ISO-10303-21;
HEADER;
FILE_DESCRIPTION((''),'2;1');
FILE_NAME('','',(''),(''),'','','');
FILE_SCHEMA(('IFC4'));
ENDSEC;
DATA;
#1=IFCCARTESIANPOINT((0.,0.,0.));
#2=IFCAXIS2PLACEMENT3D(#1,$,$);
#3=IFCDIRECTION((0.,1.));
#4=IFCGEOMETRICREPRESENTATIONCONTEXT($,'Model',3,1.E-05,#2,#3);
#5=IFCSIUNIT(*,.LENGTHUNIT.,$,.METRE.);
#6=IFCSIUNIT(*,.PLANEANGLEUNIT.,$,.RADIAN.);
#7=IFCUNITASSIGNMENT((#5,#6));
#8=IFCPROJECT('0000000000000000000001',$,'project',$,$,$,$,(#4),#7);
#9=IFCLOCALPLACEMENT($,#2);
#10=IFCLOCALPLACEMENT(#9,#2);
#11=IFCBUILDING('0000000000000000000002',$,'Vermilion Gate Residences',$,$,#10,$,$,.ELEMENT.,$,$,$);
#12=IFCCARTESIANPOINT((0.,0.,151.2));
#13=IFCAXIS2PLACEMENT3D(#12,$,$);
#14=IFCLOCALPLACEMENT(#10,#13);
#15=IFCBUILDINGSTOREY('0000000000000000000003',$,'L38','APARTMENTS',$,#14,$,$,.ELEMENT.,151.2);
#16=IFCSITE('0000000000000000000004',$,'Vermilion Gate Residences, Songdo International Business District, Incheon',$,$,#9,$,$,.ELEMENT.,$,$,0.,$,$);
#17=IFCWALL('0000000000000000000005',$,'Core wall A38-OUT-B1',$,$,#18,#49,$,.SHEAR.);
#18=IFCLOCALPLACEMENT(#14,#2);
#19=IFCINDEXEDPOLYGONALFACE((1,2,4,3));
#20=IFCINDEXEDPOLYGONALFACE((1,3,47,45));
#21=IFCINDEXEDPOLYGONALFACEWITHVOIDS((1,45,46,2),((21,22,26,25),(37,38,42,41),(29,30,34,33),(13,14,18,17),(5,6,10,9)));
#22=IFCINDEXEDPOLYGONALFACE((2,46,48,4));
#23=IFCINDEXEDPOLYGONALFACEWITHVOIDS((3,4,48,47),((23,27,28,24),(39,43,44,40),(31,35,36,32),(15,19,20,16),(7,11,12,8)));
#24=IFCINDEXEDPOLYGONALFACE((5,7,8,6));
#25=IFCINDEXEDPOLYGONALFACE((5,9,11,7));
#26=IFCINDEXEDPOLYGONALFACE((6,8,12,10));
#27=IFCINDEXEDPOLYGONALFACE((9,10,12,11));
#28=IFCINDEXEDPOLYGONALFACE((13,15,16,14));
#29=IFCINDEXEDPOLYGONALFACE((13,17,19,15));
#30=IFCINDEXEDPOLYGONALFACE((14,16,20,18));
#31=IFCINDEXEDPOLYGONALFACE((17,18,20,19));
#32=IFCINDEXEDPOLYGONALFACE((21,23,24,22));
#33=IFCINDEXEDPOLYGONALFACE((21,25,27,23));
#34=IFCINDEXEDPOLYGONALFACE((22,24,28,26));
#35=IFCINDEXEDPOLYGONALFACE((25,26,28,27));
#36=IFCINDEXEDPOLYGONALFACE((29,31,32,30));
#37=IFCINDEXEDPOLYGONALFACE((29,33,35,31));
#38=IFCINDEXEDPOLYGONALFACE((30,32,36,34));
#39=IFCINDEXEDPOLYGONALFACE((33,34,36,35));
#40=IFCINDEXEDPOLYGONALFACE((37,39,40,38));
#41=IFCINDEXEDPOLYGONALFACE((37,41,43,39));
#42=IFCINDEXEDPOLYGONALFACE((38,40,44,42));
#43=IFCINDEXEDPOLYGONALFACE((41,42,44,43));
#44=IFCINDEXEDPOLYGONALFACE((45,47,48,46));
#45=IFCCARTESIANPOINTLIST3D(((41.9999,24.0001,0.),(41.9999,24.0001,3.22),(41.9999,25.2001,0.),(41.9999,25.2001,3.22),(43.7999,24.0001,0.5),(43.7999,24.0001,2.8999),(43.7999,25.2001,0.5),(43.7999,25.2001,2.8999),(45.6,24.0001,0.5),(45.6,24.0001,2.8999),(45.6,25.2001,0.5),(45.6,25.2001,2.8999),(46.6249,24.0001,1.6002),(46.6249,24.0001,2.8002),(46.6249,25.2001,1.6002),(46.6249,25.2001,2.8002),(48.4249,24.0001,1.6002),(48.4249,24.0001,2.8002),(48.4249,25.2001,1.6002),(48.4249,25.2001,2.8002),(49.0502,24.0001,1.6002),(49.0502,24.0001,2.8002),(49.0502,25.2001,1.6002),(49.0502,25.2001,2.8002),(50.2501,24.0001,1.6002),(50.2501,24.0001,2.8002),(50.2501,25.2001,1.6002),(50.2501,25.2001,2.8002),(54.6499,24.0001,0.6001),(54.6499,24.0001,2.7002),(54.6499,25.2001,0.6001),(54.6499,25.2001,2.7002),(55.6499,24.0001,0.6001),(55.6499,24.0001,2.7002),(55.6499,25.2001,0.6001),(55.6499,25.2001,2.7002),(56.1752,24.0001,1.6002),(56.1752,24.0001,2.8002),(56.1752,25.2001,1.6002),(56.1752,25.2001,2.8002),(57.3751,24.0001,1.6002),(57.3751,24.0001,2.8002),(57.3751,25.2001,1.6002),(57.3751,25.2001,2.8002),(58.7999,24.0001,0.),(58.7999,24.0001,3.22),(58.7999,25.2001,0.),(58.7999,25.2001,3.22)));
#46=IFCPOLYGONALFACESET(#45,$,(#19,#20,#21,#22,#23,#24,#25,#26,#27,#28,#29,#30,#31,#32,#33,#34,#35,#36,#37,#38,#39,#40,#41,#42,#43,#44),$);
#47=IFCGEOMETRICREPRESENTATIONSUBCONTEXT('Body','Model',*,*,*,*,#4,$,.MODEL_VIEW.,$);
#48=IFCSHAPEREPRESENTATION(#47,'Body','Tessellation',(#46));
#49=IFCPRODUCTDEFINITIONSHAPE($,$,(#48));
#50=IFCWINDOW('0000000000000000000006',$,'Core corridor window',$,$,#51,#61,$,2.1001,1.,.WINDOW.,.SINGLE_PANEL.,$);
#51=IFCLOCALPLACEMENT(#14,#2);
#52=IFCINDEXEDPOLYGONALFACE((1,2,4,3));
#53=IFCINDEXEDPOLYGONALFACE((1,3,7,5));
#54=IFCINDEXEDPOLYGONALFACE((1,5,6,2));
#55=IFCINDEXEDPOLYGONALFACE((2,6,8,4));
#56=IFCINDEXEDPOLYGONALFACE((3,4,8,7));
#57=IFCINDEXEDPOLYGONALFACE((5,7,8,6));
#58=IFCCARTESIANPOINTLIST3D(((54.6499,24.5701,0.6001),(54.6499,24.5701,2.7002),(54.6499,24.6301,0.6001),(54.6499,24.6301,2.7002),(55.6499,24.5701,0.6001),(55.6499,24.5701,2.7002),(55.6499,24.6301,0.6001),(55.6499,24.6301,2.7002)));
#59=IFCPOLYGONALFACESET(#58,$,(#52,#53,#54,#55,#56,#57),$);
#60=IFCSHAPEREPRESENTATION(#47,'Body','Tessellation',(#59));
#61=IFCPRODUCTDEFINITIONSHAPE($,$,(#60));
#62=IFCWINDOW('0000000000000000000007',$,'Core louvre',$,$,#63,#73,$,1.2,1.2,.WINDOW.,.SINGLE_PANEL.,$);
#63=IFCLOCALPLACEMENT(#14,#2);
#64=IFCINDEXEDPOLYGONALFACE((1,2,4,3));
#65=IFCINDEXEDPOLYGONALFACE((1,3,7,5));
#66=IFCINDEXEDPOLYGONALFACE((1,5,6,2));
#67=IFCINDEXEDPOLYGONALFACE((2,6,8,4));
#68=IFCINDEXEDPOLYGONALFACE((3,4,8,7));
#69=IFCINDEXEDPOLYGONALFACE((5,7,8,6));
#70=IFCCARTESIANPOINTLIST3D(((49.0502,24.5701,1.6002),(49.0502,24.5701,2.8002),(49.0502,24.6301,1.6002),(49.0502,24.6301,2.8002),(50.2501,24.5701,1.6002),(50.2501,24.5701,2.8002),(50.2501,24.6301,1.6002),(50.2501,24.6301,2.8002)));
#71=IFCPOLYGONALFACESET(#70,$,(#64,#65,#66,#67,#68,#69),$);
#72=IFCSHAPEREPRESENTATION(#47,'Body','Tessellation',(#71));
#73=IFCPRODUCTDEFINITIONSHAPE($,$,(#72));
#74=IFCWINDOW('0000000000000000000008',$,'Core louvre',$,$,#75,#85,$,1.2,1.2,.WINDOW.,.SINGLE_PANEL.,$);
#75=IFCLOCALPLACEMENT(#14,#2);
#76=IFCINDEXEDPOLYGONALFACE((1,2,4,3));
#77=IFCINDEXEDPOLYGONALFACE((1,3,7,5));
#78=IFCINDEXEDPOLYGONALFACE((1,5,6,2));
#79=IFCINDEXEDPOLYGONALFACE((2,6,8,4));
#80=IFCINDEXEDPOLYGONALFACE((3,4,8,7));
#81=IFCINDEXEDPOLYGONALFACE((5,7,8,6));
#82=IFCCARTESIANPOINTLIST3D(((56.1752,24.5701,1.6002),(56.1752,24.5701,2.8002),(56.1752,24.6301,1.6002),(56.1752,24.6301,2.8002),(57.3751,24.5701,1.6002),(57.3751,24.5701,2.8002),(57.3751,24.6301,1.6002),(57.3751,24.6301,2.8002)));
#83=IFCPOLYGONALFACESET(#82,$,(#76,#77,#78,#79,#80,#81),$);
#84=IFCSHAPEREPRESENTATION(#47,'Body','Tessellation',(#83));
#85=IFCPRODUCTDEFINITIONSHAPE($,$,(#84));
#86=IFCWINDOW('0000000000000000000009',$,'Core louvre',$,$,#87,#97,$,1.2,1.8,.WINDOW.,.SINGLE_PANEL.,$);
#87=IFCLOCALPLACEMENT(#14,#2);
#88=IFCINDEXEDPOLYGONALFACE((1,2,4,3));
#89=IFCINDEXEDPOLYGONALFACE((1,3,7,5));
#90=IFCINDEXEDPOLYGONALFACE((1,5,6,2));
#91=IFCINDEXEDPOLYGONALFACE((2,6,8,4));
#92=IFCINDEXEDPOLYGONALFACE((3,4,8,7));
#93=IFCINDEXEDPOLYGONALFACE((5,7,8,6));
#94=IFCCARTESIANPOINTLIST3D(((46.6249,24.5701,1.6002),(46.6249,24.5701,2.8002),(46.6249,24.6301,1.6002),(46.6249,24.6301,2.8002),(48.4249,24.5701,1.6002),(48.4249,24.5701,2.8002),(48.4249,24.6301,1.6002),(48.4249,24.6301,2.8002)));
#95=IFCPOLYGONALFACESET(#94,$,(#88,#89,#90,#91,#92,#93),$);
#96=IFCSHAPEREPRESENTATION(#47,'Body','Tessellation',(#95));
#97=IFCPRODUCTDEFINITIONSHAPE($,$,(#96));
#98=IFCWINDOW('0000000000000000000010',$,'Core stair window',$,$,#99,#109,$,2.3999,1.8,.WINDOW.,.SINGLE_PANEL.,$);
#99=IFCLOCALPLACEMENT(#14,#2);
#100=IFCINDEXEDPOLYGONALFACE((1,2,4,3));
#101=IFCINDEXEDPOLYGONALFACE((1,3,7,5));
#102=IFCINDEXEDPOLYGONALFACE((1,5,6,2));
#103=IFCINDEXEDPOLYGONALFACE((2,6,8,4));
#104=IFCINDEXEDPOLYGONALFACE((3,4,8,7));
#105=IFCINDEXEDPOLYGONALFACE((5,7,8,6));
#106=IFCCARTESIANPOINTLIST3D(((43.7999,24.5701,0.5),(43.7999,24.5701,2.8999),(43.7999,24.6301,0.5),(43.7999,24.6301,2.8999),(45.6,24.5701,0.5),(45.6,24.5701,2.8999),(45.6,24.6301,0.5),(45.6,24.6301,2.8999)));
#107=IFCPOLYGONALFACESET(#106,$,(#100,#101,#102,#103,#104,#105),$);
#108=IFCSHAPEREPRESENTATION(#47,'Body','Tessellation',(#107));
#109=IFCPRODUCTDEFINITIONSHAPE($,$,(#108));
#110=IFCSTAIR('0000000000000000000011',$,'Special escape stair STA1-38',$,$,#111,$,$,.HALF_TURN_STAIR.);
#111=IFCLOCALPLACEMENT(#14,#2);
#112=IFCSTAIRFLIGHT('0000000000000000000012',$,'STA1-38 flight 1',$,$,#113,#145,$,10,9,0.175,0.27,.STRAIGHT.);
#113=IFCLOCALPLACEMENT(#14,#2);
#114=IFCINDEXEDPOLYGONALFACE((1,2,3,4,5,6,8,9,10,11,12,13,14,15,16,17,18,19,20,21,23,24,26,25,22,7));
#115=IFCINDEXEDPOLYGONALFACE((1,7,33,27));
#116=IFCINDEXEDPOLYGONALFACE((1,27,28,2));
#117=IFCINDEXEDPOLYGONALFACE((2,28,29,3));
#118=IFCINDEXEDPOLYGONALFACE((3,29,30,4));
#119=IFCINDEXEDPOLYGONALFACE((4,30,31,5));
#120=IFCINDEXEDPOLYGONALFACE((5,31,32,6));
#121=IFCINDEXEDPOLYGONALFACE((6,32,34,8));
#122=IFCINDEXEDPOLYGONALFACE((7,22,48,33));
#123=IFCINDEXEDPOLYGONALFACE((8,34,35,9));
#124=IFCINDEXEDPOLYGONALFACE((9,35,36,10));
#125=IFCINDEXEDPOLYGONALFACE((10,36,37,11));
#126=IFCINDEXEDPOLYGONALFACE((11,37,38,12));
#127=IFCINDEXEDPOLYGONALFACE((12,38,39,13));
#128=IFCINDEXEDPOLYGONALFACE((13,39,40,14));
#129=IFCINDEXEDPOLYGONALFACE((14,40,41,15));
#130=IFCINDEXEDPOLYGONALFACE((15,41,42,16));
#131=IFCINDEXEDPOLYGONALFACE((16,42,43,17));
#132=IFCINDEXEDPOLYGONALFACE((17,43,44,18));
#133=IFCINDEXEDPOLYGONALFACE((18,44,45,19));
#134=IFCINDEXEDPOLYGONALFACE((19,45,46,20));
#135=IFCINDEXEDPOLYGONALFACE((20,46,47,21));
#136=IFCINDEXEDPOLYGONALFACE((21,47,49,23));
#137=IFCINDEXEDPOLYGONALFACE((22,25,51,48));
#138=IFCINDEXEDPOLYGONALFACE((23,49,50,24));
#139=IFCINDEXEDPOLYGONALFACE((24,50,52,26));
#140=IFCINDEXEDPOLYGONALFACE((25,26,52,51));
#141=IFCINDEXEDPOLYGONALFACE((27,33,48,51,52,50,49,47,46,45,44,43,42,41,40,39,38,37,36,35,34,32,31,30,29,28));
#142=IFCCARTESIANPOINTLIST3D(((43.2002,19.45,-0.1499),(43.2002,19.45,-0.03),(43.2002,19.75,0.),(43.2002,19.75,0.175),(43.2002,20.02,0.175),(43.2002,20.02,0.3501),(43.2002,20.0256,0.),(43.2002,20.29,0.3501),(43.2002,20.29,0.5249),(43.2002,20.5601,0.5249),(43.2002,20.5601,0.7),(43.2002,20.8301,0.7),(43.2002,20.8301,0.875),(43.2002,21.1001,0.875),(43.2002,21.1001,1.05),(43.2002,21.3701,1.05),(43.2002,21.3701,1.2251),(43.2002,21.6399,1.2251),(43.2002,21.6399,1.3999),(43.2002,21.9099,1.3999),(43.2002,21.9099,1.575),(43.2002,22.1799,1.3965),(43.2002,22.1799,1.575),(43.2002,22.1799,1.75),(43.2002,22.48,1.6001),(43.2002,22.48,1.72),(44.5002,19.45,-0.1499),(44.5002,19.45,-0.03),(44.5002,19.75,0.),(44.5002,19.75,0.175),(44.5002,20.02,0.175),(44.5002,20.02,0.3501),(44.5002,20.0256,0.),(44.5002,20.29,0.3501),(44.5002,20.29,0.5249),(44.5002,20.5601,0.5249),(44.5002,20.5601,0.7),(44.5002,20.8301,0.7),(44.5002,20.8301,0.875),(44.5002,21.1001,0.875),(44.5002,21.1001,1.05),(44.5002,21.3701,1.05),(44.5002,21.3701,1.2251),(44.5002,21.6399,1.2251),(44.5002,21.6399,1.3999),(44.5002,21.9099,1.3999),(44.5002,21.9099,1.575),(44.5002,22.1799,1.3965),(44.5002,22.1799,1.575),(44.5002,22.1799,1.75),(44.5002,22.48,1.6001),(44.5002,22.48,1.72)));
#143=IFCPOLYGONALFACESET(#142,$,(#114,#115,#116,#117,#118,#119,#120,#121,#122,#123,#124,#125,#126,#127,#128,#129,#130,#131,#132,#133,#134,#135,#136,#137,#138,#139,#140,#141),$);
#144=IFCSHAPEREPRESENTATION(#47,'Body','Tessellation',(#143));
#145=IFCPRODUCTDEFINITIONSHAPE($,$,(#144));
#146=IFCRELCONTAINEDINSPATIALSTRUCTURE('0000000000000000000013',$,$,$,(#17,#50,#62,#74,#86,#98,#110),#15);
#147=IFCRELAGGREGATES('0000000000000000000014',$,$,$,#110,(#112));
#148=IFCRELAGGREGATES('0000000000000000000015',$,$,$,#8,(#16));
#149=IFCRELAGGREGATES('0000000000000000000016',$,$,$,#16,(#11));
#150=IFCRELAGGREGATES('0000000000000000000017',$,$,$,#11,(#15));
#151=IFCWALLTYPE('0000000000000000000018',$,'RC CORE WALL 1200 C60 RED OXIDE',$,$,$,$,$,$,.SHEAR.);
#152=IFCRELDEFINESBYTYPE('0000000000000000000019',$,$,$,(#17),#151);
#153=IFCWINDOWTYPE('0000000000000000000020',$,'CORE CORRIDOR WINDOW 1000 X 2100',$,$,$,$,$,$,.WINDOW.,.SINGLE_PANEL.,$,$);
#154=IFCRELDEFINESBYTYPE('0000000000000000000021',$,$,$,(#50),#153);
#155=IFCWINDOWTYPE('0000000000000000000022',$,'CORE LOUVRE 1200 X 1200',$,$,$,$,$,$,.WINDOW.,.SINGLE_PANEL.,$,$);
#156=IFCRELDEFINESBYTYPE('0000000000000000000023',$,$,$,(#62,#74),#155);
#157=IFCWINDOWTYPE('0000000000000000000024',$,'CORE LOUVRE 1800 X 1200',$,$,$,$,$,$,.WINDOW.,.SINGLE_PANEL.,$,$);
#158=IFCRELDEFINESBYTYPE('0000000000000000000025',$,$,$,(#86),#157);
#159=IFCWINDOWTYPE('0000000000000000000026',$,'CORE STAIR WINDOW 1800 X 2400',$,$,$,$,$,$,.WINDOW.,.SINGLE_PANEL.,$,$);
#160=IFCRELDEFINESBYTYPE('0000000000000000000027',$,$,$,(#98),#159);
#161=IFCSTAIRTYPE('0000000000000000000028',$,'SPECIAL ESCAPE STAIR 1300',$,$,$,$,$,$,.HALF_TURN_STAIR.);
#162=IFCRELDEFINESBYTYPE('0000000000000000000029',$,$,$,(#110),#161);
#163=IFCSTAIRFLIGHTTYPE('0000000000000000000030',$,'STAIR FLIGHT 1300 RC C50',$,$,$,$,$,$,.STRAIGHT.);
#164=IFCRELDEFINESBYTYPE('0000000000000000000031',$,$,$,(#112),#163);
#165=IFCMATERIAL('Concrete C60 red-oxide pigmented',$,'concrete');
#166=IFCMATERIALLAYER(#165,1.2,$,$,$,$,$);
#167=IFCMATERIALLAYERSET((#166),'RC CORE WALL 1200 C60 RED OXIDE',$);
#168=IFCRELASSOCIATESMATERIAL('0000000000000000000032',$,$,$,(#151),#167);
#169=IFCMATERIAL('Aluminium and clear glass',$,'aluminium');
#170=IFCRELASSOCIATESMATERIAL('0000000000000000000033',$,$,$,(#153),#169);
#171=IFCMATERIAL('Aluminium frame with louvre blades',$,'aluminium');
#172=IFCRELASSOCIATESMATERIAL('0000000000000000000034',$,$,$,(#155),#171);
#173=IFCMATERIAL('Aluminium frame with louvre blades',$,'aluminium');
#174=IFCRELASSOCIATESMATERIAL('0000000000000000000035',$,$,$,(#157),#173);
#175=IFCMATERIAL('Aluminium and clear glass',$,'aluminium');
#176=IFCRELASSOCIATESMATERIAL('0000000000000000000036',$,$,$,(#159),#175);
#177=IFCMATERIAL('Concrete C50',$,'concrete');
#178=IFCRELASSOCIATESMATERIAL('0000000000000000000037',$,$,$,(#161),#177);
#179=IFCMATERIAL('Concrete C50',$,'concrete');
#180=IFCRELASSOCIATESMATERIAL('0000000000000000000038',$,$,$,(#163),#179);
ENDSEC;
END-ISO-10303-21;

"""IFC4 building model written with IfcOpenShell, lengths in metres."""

from ifc_helpers import new_model, si_unit, direction, frame, frame_2d, origin, place, context, subcontext, project, spatial, polyline, rectangle, outline, extrude, material, layer, layer_set, type_object, element, fill, aggregate, save


model = new_model("IFC4")

# Units and contexts
model_context = context("Model", 3, precision=1e-05, world=origin(), true_north=direction((0.0, 1.0)))
body_context = subcontext(model_context, "Body", "Model", "MODEL_VIEW")
ifc_project = project(units=[si_unit("LENGTHUNIT", "METRE"), si_unit("PLANEANGLEUNIT", "RADIAN")], contexts=[model_context])

# Site, building, storey
site_placement = place(None, origin())
site = spatial("IfcSite", under=ifc_project, at=site_placement, Name="Vermilion Gate Residences, Songdo International Business District, Incheon", CompositionType="ELEMENT", RefElevation=0.0)
building_placement = place(site_placement, origin())
building = spatial("IfcBuilding", under=site, at=building_placement, Name="Vermilion Gate Residences", CompositionType="ELEMENT")
storey_placement = place(building_placement, frame((0.0, 0.0, 151.2)))
storey = spatial("IfcBuildingStorey", under=building, at=storey_placement, Name="L38", Description="APARTMENTS", CompositionType="ELEMENT", Elevation=151.2)

# Wall, openings, windows
ifc_material_1 = material(Name="Concrete C60 red-oxide pigmented", Category="concrete")
ifc_layer_1 = layer(ifc_material_1, 1.2)
ifc_layer_set_1 = layer_set([ifc_layer_1], Name="RC CORE WALL 1200 C60 RED OXIDE")
wall_type_1 = type_object("IfcWallType", Name="RC CORE WALL 1200 C60 RED OXIDE", PredefinedType="SHEAR", material=ifc_layer_set_1)
wall_1_placement = place(storey_placement, frame((42.0, 24.6001, 0.0), z_axis=(0.0, 0.0, 1.0), x_axis=(1.0, 0.0, 0.0)))
wall_1 = element("IfcWall", 1, at=wall_1_placement, inside=storey, type_object=wall_type_1, Name="Core wall A38-OUT-B1", PredefinedType="SHEAR", context=body_context, shape_type="SweptSolid", body=[
    extrude(rectangle(XDim=16.8, YDim=1.2, at=frame_2d((8.3999, 0.0))), origin(), (0.0, 0.0, 1.0), 3.22),
])
opening_1_placement = place(wall_1_placement, frame((1.8, 0.0, 0.5)))
opening_1 = element("IfcOpeningElement", 2, at=opening_1_placement, cuts=wall_1, PredefinedType="OPENING", context=body_context, shape_type="SweptSolid", body=[
    extrude(rectangle(XDim=1.8, YDim=2.3999, at=frame_2d((0.8999, 1.2))), frame((0.0, 0.6099, 0.0), z_axis=(0.0, -1.0, 0.0), x_axis=(1.0, 0.0, 0.0)), (0.0, 0.0, 1.0), 1.22),
])
opening_2_placement = place(wall_1_placement, frame((4.625, 0.0, 1.6001)))
opening_2 = element("IfcOpeningElement", 3, at=opening_2_placement, cuts=wall_1, PredefinedType="OPENING", context=body_context, shape_type="SweptSolid", body=[
    extrude(rectangle(XDim=1.8, YDim=1.2, at=frame_2d((0.8999, 0.6001))), frame((0.0, 0.6099, 0.0), z_axis=(0.0, -1.0, 0.0), x_axis=(1.0, 0.0, 0.0)), (0.0, 0.0, 1.0), 1.22),
])
opening_3_placement = place(wall_1_placement, frame((7.05, 0.0, 1.6001)))
opening_3 = element("IfcOpeningElement", 4, at=opening_3_placement, cuts=wall_1, PredefinedType="OPENING", context=body_context, shape_type="SweptSolid", body=[
    extrude(rectangle(XDim=1.2, YDim=1.2, at=frame_2d((0.6001, 0.6001))), frame((0.0, 0.6099, 0.0), z_axis=(0.0, -1.0, 0.0), x_axis=(1.0, 0.0, 0.0)), (0.0, 0.0, 1.0), 1.22),
])
opening_4_placement = place(wall_1_placement, frame((12.6499, 0.0, 0.6001)))
opening_4 = element("IfcOpeningElement", 5, at=opening_4_placement, cuts=wall_1, PredefinedType="OPENING", context=body_context, shape_type="SweptSolid", body=[
    extrude(rectangle(XDim=1.0, YDim=2.1001, at=frame_2d((0.5, 1.05))), frame((0.0, 0.6099, 0.0), z_axis=(0.0, -1.0, 0.0), x_axis=(1.0, 0.0, 0.0)), (0.0, 0.0, 1.0), 1.22),
])
opening_5_placement = place(wall_1_placement, frame((14.175, 0.0, 1.6001)))
opening_5 = element("IfcOpeningElement", 6, at=opening_5_placement, cuts=wall_1, PredefinedType="OPENING", context=body_context, shape_type="SweptSolid", body=[
    extrude(rectangle(XDim=1.2, YDim=1.2, at=frame_2d((0.6001, 0.6001))), frame((0.0, 0.6099, 0.0), z_axis=(0.0, -1.0, 0.0), x_axis=(1.0, 0.0, 0.0)), (0.0, 0.0, 1.0), 1.22),
])
ifc_material_2 = material(Name="Aluminium and clear glass", Category="aluminium")
window_type_1 = type_object("IfcWindowType", Name="CORE CORRIDOR WINDOW 1000 X 2100", PartitioningType="SINGLE_PANEL", PredefinedType="WINDOW", material=ifc_material_2)
window_1_placement = place(opening_4_placement, origin())
window_1 = element("IfcWindow", 7, at=window_1_placement, inside=storey, type_object=window_type_1, Name="Core corridor window", OverallHeight=2.1001, OverallWidth=1.0, PartitioningType="SINGLE_PANEL", PredefinedType="WINDOW", context=body_context, shape_type="SweptSolid", body=[
    extrude(rectangle(XDim=1.0, YDim=2.1001, at=frame_2d((0.5, 1.05))), frame((0.0, 0.03, 0.0), z_axis=(0.0, -1.0, 0.0), x_axis=(1.0, 0.0, 0.0)), (0.0, 0.0, 1.0), 0.0601),
])
fill(opening_4, window_1)
ifc_material_3 = material(Name="Aluminium frame with louvre blades", Category="aluminium")
window_type_2 = type_object("IfcWindowType", Name="CORE LOUVRE 1200 X 1200", PartitioningType="SINGLE_PANEL", PredefinedType="WINDOW", material=ifc_material_3)
window_2_placement = place(opening_3_placement, origin())
window_2 = element("IfcWindow", 8, at=window_2_placement, inside=storey, type_object=window_type_2, Name="Core louvre", OverallHeight=1.2, OverallWidth=1.2, PartitioningType="SINGLE_PANEL", PredefinedType="WINDOW", context=body_context, shape_type="SweptSolid", body=[
    extrude(rectangle(XDim=1.2, YDim=1.2, at=frame_2d((0.6001, 0.6001))), frame((0.0, 0.03, 0.0), z_axis=(0.0, -1.0, 0.0), x_axis=(1.0, 0.0, 0.0)), (0.0, 0.0, 1.0), 0.0601),
])
fill(opening_3, window_2)
window_3_placement = place(opening_5_placement, origin())
window_3 = element("IfcWindow", 9, at=window_3_placement, inside=storey, type_object=window_type_2, Name="Core louvre", OverallHeight=1.2, OverallWidth=1.2, PartitioningType="SINGLE_PANEL", PredefinedType="WINDOW", context=body_context, shape_type="SweptSolid", body=[
    extrude(rectangle(XDim=1.2, YDim=1.2, at=frame_2d((0.6001, 0.6001))), frame((0.0, 0.03, 0.0), z_axis=(0.0, -1.0, 0.0), x_axis=(1.0, 0.0, 0.0)), (0.0, 0.0, 1.0), 0.0601),
])
fill(opening_5, window_3)
ifc_material_4 = material(Name="Aluminium frame with louvre blades", Category="aluminium")
window_type_3 = type_object("IfcWindowType", Name="CORE LOUVRE 1800 X 1200", PartitioningType="SINGLE_PANEL", PredefinedType="WINDOW", material=ifc_material_4)
window_4_placement = place(opening_2_placement, origin())
window_4 = element("IfcWindow", 10, at=window_4_placement, inside=storey, type_object=window_type_3, Name="Core louvre", OverallHeight=1.2, OverallWidth=1.8, PartitioningType="SINGLE_PANEL", PredefinedType="WINDOW", context=body_context, shape_type="SweptSolid", body=[
    extrude(rectangle(XDim=1.8, YDim=1.2, at=frame_2d((0.8999, 0.6001))), frame((0.0, 0.03, 0.0), z_axis=(0.0, -1.0, 0.0), x_axis=(1.0, 0.0, 0.0)), (0.0, 0.0, 1.0), 0.0601),
])
fill(opening_2, window_4)
ifc_material_5 = material(Name="Aluminium and clear glass", Category="aluminium")
window_type_4 = type_object("IfcWindowType", Name="CORE STAIR WINDOW 1800 X 2400", PartitioningType="SINGLE_PANEL", PredefinedType="WINDOW", material=ifc_material_5)
window_5_placement = place(opening_1_placement, origin())
window_5 = element("IfcWindow", 11, at=window_5_placement, inside=storey, type_object=window_type_4, Name="Core stair window", OverallHeight=2.3999, OverallWidth=1.8, PartitioningType="SINGLE_PANEL", PredefinedType="WINDOW", context=body_context, shape_type="SweptSolid", body=[
    extrude(rectangle(XDim=1.8, YDim=2.3999, at=frame_2d((0.8999, 1.2))), frame((0.0, 0.03, 0.0), z_axis=(0.0, -1.0, 0.0), x_axis=(1.0, 0.0, 0.0)), (0.0, 0.0, 1.0), 0.0601),
])
fill(opening_1, window_5)

# Stair, stair flight
ifc_material_6 = material(Name="Concrete C50", Category="concrete")
stair_type = type_object("IfcStairType", Name="SPECIAL ESCAPE STAIR 1300", PredefinedType="HALF_TURN_STAIR", material=ifc_material_6)
stair_placement = place(storey_placement, origin())
stair = element("IfcStair", 12, at=stair_placement, inside=storey, type_object=stair_type, Name="Special escape stair STA1-38", PredefinedType="HALF_TURN_STAIR")
ifc_material_7 = material(Name="Concrete C50", Category="concrete")
stair_flight_type = type_object("IfcStairFlightType", Name="STAIR FLIGHT 1300 RC C50", PredefinedType="STRAIGHT", material=ifc_material_7)
stair_flight_1_placement = place(storey_placement, frame((43.8501, 19.75, 0.0), z_axis=(0.0, 0.0, 1.0), x_axis=(0.0, 1.0, 0.0)))
stair_flight_1 = element("IfcStairFlight", 13, at=stair_flight_1_placement, type_object=stair_flight_type, Name="STA1-38 flight 1", NumberOfRisers=10, NumberOfTreads=9, PredefinedType="STRAIGHT", RiserHeight=0.175, TreadLength=0.27, context=body_context, shape_type="SweptSolid", body=[
    extrude(outline(polyline([(-0.3, -0.1499), (-0.3, -0.03), (0.0, 0.0), (0.0, 0.175), (0.27, 0.175), (0.27, 0.3501), (0.54, 0.3501), (0.54, 0.5249), (0.8101, 0.5249), (0.8101, 0.7), (1.0801, 0.7), (1.0801, 0.875), (1.3501, 0.875), (1.3501, 1.05), (1.6201, 1.05), (1.6201, 1.2251), (1.8899, 1.2251), (1.8899, 1.3999), (2.1599, 1.3999), (2.1599, 1.575), (2.4299, 1.575), (2.4299, 1.75), (2.73, 1.72), (2.73, 1.6001), (2.4299, 1.3965), (0.2756, 0.0), (-0.3, -0.1499)])), frame((0.0, 0.6499, 0.0), z_axis=(0.0, -1.0, 0.0), x_axis=(1.0, 0.0, 0.0)), (0.0, 0.0, 1.0), 1.3),
])
aggregate(stair, [stair_flight_1])

save(model, "model.ifc")
